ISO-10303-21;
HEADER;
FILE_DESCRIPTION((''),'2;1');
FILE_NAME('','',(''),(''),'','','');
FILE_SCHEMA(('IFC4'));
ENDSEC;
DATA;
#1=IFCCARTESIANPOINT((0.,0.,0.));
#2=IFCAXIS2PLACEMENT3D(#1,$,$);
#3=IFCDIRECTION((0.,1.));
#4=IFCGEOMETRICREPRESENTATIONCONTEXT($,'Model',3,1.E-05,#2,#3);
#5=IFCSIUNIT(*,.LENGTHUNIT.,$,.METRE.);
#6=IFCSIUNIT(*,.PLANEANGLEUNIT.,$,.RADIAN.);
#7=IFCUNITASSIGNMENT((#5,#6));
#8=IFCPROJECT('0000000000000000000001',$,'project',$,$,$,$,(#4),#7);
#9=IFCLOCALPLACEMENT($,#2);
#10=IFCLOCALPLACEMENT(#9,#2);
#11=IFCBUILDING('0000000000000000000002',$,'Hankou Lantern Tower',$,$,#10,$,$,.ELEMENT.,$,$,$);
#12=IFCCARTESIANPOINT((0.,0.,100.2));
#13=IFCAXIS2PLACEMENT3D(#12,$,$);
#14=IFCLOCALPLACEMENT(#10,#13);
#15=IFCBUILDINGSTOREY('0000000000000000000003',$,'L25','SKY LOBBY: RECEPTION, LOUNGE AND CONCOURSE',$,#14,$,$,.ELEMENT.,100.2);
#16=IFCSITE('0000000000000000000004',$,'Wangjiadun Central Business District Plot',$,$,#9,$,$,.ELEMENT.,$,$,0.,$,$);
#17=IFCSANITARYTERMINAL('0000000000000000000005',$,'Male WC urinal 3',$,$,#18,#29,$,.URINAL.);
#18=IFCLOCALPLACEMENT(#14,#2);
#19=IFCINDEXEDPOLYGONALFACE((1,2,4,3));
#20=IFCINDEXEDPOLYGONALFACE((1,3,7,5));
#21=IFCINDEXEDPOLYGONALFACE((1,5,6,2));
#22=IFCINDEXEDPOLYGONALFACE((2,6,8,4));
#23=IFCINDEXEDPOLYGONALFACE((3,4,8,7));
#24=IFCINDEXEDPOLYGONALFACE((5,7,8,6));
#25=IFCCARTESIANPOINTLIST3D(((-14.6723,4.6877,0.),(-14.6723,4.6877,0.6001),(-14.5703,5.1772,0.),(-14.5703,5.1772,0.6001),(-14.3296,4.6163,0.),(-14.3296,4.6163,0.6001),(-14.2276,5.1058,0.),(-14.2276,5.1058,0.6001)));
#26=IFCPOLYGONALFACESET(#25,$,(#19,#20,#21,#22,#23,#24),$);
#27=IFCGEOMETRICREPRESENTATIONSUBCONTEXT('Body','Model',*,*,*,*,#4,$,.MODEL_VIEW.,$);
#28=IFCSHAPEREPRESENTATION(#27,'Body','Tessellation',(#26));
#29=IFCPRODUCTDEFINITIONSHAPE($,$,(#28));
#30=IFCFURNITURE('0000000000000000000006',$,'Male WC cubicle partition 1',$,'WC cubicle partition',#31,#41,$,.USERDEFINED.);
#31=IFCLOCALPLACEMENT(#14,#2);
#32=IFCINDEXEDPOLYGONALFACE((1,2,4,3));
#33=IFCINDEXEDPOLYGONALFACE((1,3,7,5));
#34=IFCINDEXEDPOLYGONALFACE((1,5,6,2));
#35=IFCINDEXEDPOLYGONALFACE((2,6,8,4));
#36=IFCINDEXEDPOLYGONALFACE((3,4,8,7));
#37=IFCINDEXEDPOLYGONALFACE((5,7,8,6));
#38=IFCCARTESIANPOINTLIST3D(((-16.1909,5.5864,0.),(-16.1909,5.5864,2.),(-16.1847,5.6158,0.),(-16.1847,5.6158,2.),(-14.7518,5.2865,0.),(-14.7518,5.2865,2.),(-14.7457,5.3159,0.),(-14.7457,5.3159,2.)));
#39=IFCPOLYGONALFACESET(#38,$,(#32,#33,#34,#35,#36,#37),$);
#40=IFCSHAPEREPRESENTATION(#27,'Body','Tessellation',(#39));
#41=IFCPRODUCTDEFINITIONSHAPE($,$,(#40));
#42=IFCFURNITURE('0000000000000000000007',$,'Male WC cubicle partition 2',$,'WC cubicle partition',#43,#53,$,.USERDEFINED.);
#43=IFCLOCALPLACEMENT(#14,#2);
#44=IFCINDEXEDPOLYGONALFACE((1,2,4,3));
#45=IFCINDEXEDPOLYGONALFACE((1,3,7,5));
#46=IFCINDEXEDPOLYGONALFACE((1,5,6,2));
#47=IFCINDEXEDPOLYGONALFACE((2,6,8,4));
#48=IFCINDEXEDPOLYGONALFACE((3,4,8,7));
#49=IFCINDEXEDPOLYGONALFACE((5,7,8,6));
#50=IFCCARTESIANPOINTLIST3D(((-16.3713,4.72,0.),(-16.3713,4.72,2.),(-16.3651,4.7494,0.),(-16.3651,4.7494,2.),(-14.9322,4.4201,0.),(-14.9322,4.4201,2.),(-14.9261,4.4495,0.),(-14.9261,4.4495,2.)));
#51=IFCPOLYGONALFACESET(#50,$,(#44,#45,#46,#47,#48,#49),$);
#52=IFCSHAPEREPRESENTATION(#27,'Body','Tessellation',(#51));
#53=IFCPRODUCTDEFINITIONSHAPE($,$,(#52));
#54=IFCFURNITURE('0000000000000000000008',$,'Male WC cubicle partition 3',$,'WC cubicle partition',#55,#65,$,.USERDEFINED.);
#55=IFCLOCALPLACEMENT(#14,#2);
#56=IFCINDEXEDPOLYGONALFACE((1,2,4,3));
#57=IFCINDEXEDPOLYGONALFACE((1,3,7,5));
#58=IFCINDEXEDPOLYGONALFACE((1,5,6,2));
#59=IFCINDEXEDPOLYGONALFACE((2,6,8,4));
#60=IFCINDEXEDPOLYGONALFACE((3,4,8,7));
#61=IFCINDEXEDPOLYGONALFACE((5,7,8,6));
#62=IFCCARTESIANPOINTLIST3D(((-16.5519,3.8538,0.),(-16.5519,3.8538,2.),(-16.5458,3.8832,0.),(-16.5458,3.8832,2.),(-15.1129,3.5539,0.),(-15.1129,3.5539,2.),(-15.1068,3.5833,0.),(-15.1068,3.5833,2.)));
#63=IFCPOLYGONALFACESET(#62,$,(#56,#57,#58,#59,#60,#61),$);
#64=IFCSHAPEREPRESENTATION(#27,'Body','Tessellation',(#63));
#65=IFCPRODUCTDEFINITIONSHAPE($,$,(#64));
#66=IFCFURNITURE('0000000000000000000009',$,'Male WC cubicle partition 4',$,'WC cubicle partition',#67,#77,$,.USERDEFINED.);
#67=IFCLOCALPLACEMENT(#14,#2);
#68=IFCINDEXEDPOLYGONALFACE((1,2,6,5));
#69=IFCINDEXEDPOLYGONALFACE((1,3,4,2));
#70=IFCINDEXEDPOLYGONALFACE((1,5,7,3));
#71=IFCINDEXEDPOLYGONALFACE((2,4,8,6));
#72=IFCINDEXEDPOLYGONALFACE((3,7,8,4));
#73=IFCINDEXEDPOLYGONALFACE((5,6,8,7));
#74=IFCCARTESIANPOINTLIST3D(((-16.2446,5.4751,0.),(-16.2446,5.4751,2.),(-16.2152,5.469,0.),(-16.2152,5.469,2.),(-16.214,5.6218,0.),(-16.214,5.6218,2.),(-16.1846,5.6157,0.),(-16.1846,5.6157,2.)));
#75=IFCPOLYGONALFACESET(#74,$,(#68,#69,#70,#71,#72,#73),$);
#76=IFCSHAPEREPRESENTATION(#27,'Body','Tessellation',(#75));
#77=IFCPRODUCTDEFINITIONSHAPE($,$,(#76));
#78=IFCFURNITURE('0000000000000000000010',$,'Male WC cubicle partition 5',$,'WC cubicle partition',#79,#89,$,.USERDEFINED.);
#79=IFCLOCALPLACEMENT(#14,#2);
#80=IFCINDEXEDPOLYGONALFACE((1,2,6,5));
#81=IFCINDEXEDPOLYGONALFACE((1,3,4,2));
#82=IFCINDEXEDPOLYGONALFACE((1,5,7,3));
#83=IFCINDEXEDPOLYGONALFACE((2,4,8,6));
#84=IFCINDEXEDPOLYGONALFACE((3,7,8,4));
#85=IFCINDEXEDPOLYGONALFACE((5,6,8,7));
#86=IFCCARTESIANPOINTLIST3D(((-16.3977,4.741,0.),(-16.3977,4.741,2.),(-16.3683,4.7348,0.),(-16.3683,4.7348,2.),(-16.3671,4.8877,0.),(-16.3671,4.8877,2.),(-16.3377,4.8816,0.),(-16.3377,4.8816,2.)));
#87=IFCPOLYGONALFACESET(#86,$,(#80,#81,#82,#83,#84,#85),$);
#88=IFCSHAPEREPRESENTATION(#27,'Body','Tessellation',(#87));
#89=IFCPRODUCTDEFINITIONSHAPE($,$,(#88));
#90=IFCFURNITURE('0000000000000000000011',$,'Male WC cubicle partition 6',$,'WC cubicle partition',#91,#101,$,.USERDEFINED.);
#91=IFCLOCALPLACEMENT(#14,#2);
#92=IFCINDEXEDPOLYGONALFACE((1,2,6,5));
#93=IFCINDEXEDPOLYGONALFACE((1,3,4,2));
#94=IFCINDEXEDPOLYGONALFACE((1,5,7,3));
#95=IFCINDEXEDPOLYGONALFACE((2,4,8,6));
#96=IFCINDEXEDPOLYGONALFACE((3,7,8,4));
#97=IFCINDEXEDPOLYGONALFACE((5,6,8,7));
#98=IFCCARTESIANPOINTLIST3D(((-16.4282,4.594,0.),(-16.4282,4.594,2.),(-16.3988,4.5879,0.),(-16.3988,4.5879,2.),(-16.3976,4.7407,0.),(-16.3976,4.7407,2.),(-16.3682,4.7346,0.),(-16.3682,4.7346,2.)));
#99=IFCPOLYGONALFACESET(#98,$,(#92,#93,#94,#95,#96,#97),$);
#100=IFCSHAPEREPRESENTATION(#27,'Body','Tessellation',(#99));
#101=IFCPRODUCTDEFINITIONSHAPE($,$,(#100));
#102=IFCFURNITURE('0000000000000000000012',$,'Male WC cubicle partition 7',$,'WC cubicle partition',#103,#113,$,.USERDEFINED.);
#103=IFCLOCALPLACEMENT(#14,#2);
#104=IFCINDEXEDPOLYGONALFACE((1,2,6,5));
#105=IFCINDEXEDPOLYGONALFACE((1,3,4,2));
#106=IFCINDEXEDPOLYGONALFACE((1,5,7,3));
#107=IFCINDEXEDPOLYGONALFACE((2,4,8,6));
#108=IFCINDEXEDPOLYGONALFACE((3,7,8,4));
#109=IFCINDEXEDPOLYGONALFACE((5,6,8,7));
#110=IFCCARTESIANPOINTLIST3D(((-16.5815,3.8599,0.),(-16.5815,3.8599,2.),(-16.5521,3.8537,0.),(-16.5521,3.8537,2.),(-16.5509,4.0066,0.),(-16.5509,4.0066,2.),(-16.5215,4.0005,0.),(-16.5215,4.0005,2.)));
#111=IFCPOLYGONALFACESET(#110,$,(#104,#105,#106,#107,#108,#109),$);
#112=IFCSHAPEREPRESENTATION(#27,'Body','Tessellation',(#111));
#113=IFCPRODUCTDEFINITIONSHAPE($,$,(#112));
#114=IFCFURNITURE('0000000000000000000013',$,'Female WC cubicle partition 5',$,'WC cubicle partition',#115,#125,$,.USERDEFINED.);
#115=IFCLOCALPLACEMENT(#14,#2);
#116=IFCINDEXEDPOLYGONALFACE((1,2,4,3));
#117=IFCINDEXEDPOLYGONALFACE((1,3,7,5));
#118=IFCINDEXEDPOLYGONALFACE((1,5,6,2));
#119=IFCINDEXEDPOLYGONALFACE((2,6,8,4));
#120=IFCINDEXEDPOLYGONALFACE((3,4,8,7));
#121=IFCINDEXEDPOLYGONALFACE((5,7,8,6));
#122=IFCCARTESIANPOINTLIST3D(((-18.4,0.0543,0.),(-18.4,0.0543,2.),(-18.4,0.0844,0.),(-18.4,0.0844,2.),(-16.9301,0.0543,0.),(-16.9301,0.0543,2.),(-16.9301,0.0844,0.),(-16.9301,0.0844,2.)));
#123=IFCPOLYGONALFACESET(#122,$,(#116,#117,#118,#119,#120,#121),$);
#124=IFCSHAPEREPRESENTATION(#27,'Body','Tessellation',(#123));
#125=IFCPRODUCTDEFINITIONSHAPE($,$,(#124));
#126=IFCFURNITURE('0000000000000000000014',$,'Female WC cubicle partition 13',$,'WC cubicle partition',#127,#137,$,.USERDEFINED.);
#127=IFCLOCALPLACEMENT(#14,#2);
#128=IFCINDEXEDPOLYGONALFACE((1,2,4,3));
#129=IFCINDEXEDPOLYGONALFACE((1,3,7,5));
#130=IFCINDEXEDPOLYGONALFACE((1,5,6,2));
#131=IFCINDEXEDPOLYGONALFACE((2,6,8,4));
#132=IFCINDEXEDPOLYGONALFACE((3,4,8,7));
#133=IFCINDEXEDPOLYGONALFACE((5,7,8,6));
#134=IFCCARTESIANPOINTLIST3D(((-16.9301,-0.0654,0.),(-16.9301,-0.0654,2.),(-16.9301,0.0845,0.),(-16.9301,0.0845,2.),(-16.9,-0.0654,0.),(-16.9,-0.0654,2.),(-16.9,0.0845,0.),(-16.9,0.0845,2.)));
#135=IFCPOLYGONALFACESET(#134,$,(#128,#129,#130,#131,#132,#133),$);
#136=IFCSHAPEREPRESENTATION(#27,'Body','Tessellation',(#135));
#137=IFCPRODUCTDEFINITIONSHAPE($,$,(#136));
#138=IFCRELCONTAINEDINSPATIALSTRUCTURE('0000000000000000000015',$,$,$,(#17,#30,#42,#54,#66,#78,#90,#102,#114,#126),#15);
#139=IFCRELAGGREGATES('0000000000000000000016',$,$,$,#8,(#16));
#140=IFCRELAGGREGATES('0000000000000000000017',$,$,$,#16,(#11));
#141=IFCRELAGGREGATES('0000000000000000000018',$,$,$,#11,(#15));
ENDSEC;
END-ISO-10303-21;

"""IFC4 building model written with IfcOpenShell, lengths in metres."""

from ifc_helpers import new_model, si_unit, direction, frame, origin, origin_2d, place, context, subcontext, project, spatial, rectangle, extrude, element, save


model = new_model("IFC4")

# Units and contexts
model_context = context("Model", 3, precision=1e-05, world=origin(), true_north=direction((0.0, 1.0)))
body_context = subcontext(model_context, "Body", "Model", "MODEL_VIEW")
ifc_project = project(units=[si_unit("LENGTHUNIT", "METRE"), si_unit("PLANEANGLEUNIT", "RADIAN")], contexts=[model_context])

# Site, building, storey
site_placement = place(None, origin())
site = spatial("IfcSite", under=ifc_project, at=site_placement, Name="Wangjiadun Central Business District Plot", CompositionType="ELEMENT", RefElevation=0.0)
building_placement = place(site_placement, origin())
building = spatial("IfcBuilding", under=site, at=building_placement, Name="Hankou Lantern Tower", CompositionType="ELEMENT")
storey_placement = place(building_placement, frame((0.0, 0.0, 100.2)))
storey = spatial("IfcBuildingStorey", under=building, at=storey_placement, Name="L25", Description="SKY LOBBY: RECEPTION, LOUNGE AND CONCOURSE", CompositionType="ELEMENT", Elevation=100.2)

# Sanitary terminal
sanitary_terminal_placement = place(storey_placement, frame((-14.45, 4.8967, 0.0), z_axis=(0.0, 0.0, 1.0), x_axis=(-0.204023, -0.978966, 0.0)))
element("IfcSanitaryTerminal", 1, at=sanitary_terminal_placement, inside=storey, Name="Male WC urinal 3", PredefinedType="URINAL", context=body_context, shape_type="SweptSolid", body=[
    extrude(rectangle(XDim=0.5, YDim=0.3501, at=origin_2d()), origin(), (0.0, 0.0, 1.0), 0.6001),
])

# Furniture
for number, where, z_axis, x_axis, name in (
    (2, (-15.4683, 5.4512, 0.0), (0.0, 0.0, 1.0), (-0.204023, -0.978966, 0.0), "Male WC cubicle partition 1"),
    (3, (-15.6487, 4.5847, 0.0), (0.0, 0.0, 1.0), (-0.204023, -0.978966, 0.0), "Male WC cubicle partition 2"),
    (4, (-15.8293, 3.7185, 0.0), (0.0, 0.0, 1.0), (-0.204023, -0.978966, 0.0), "Male WC cubicle partition 3"),
):
    element("IfcFurniture", number, at=place(storey_placement, frame(where, z_axis=z_axis, x_axis=x_axis)), inside=storey, Name=name, ObjectType="WC cubicle partition", PredefinedType="USERDEFINED", context=body_context, shape_type="SweptSolid", body=[
        extrude(rectangle(XDim=0.03, YDim=1.47, at=origin_2d()), origin(), (0.0, 0.0, 1.0), 2.0),
    ])
for number, where, z_axis, x_axis, name in (
    (5, (-16.2146, 5.5454, 0.0), (0.0, 0.0, 1.0), (-0.204023, -0.978966, 0.0), "Male WC cubicle partition 4"),
    (6, (-16.3677, 4.8113, 0.0), (0.0, 0.0, 1.0), (-0.204023, -0.978966, 0.0), "Male WC cubicle partition 5"),
    (7, (-16.3982, 4.6643, 0.0), (0.0, 0.0, 1.0), (-0.204023, -0.978966, 0.0), "Male WC cubicle partition 6"),
    (8, (-16.5515, 3.9302, 0.0), (0.0, 0.0, 1.0), (-0.204023, -0.978966, 0.0), "Male WC cubicle partition 7"),
):
    element("IfcFurniture", number, at=place(storey_placement, frame(where, z_axis=z_axis, x_axis=x_axis)), inside=storey, Name=name, ObjectType="WC cubicle partition", PredefinedType="USERDEFINED", context=body_context, shape_type="SweptSolid", body=[
        extrude(rectangle(XDim=0.1499, YDim=0.03, at=origin_2d()), origin(), (0.0, 0.0, 1.0), 2.0),
    ])
furniture_1_placement = place(storey_placement, frame((-17.665, 0.0693, 0.0), z_axis=(0.0, 0.0, 1.0), x_axis=(0.0, 1.0, 0.0)))
element("IfcFurniture", 9, at=furniture_1_placement, inside=storey, Name="Female WC cubicle partition 5", ObjectType="WC cubicle partition", PredefinedType="USERDEFINED", context=body_context, shape_type="SweptSolid", body=[
    extrude(rectangle(XDim=0.03, YDim=1.47, at=origin_2d()), origin(), (0.0, 0.0, 1.0), 2.0),
])
furniture_2_placement = place(storey_placement, frame((-16.915, 0.0095, 0.0), z_axis=(0.0, 0.0, 1.0), x_axis=(0.0, 1.0, 0.0)))
element("IfcFurniture", 10, at=furniture_2_placement, inside=storey, Name="Female WC cubicle partition 13", ObjectType="WC cubicle partition", PredefinedType="USERDEFINED", context=body_context, shape_type="SweptSolid", body=[
    extrude(rectangle(XDim=0.1499, YDim=0.03, at=origin_2d()), origin(), (0.0, 0.0, 1.0), 2.0),
])

save(model, "model.ifc")
